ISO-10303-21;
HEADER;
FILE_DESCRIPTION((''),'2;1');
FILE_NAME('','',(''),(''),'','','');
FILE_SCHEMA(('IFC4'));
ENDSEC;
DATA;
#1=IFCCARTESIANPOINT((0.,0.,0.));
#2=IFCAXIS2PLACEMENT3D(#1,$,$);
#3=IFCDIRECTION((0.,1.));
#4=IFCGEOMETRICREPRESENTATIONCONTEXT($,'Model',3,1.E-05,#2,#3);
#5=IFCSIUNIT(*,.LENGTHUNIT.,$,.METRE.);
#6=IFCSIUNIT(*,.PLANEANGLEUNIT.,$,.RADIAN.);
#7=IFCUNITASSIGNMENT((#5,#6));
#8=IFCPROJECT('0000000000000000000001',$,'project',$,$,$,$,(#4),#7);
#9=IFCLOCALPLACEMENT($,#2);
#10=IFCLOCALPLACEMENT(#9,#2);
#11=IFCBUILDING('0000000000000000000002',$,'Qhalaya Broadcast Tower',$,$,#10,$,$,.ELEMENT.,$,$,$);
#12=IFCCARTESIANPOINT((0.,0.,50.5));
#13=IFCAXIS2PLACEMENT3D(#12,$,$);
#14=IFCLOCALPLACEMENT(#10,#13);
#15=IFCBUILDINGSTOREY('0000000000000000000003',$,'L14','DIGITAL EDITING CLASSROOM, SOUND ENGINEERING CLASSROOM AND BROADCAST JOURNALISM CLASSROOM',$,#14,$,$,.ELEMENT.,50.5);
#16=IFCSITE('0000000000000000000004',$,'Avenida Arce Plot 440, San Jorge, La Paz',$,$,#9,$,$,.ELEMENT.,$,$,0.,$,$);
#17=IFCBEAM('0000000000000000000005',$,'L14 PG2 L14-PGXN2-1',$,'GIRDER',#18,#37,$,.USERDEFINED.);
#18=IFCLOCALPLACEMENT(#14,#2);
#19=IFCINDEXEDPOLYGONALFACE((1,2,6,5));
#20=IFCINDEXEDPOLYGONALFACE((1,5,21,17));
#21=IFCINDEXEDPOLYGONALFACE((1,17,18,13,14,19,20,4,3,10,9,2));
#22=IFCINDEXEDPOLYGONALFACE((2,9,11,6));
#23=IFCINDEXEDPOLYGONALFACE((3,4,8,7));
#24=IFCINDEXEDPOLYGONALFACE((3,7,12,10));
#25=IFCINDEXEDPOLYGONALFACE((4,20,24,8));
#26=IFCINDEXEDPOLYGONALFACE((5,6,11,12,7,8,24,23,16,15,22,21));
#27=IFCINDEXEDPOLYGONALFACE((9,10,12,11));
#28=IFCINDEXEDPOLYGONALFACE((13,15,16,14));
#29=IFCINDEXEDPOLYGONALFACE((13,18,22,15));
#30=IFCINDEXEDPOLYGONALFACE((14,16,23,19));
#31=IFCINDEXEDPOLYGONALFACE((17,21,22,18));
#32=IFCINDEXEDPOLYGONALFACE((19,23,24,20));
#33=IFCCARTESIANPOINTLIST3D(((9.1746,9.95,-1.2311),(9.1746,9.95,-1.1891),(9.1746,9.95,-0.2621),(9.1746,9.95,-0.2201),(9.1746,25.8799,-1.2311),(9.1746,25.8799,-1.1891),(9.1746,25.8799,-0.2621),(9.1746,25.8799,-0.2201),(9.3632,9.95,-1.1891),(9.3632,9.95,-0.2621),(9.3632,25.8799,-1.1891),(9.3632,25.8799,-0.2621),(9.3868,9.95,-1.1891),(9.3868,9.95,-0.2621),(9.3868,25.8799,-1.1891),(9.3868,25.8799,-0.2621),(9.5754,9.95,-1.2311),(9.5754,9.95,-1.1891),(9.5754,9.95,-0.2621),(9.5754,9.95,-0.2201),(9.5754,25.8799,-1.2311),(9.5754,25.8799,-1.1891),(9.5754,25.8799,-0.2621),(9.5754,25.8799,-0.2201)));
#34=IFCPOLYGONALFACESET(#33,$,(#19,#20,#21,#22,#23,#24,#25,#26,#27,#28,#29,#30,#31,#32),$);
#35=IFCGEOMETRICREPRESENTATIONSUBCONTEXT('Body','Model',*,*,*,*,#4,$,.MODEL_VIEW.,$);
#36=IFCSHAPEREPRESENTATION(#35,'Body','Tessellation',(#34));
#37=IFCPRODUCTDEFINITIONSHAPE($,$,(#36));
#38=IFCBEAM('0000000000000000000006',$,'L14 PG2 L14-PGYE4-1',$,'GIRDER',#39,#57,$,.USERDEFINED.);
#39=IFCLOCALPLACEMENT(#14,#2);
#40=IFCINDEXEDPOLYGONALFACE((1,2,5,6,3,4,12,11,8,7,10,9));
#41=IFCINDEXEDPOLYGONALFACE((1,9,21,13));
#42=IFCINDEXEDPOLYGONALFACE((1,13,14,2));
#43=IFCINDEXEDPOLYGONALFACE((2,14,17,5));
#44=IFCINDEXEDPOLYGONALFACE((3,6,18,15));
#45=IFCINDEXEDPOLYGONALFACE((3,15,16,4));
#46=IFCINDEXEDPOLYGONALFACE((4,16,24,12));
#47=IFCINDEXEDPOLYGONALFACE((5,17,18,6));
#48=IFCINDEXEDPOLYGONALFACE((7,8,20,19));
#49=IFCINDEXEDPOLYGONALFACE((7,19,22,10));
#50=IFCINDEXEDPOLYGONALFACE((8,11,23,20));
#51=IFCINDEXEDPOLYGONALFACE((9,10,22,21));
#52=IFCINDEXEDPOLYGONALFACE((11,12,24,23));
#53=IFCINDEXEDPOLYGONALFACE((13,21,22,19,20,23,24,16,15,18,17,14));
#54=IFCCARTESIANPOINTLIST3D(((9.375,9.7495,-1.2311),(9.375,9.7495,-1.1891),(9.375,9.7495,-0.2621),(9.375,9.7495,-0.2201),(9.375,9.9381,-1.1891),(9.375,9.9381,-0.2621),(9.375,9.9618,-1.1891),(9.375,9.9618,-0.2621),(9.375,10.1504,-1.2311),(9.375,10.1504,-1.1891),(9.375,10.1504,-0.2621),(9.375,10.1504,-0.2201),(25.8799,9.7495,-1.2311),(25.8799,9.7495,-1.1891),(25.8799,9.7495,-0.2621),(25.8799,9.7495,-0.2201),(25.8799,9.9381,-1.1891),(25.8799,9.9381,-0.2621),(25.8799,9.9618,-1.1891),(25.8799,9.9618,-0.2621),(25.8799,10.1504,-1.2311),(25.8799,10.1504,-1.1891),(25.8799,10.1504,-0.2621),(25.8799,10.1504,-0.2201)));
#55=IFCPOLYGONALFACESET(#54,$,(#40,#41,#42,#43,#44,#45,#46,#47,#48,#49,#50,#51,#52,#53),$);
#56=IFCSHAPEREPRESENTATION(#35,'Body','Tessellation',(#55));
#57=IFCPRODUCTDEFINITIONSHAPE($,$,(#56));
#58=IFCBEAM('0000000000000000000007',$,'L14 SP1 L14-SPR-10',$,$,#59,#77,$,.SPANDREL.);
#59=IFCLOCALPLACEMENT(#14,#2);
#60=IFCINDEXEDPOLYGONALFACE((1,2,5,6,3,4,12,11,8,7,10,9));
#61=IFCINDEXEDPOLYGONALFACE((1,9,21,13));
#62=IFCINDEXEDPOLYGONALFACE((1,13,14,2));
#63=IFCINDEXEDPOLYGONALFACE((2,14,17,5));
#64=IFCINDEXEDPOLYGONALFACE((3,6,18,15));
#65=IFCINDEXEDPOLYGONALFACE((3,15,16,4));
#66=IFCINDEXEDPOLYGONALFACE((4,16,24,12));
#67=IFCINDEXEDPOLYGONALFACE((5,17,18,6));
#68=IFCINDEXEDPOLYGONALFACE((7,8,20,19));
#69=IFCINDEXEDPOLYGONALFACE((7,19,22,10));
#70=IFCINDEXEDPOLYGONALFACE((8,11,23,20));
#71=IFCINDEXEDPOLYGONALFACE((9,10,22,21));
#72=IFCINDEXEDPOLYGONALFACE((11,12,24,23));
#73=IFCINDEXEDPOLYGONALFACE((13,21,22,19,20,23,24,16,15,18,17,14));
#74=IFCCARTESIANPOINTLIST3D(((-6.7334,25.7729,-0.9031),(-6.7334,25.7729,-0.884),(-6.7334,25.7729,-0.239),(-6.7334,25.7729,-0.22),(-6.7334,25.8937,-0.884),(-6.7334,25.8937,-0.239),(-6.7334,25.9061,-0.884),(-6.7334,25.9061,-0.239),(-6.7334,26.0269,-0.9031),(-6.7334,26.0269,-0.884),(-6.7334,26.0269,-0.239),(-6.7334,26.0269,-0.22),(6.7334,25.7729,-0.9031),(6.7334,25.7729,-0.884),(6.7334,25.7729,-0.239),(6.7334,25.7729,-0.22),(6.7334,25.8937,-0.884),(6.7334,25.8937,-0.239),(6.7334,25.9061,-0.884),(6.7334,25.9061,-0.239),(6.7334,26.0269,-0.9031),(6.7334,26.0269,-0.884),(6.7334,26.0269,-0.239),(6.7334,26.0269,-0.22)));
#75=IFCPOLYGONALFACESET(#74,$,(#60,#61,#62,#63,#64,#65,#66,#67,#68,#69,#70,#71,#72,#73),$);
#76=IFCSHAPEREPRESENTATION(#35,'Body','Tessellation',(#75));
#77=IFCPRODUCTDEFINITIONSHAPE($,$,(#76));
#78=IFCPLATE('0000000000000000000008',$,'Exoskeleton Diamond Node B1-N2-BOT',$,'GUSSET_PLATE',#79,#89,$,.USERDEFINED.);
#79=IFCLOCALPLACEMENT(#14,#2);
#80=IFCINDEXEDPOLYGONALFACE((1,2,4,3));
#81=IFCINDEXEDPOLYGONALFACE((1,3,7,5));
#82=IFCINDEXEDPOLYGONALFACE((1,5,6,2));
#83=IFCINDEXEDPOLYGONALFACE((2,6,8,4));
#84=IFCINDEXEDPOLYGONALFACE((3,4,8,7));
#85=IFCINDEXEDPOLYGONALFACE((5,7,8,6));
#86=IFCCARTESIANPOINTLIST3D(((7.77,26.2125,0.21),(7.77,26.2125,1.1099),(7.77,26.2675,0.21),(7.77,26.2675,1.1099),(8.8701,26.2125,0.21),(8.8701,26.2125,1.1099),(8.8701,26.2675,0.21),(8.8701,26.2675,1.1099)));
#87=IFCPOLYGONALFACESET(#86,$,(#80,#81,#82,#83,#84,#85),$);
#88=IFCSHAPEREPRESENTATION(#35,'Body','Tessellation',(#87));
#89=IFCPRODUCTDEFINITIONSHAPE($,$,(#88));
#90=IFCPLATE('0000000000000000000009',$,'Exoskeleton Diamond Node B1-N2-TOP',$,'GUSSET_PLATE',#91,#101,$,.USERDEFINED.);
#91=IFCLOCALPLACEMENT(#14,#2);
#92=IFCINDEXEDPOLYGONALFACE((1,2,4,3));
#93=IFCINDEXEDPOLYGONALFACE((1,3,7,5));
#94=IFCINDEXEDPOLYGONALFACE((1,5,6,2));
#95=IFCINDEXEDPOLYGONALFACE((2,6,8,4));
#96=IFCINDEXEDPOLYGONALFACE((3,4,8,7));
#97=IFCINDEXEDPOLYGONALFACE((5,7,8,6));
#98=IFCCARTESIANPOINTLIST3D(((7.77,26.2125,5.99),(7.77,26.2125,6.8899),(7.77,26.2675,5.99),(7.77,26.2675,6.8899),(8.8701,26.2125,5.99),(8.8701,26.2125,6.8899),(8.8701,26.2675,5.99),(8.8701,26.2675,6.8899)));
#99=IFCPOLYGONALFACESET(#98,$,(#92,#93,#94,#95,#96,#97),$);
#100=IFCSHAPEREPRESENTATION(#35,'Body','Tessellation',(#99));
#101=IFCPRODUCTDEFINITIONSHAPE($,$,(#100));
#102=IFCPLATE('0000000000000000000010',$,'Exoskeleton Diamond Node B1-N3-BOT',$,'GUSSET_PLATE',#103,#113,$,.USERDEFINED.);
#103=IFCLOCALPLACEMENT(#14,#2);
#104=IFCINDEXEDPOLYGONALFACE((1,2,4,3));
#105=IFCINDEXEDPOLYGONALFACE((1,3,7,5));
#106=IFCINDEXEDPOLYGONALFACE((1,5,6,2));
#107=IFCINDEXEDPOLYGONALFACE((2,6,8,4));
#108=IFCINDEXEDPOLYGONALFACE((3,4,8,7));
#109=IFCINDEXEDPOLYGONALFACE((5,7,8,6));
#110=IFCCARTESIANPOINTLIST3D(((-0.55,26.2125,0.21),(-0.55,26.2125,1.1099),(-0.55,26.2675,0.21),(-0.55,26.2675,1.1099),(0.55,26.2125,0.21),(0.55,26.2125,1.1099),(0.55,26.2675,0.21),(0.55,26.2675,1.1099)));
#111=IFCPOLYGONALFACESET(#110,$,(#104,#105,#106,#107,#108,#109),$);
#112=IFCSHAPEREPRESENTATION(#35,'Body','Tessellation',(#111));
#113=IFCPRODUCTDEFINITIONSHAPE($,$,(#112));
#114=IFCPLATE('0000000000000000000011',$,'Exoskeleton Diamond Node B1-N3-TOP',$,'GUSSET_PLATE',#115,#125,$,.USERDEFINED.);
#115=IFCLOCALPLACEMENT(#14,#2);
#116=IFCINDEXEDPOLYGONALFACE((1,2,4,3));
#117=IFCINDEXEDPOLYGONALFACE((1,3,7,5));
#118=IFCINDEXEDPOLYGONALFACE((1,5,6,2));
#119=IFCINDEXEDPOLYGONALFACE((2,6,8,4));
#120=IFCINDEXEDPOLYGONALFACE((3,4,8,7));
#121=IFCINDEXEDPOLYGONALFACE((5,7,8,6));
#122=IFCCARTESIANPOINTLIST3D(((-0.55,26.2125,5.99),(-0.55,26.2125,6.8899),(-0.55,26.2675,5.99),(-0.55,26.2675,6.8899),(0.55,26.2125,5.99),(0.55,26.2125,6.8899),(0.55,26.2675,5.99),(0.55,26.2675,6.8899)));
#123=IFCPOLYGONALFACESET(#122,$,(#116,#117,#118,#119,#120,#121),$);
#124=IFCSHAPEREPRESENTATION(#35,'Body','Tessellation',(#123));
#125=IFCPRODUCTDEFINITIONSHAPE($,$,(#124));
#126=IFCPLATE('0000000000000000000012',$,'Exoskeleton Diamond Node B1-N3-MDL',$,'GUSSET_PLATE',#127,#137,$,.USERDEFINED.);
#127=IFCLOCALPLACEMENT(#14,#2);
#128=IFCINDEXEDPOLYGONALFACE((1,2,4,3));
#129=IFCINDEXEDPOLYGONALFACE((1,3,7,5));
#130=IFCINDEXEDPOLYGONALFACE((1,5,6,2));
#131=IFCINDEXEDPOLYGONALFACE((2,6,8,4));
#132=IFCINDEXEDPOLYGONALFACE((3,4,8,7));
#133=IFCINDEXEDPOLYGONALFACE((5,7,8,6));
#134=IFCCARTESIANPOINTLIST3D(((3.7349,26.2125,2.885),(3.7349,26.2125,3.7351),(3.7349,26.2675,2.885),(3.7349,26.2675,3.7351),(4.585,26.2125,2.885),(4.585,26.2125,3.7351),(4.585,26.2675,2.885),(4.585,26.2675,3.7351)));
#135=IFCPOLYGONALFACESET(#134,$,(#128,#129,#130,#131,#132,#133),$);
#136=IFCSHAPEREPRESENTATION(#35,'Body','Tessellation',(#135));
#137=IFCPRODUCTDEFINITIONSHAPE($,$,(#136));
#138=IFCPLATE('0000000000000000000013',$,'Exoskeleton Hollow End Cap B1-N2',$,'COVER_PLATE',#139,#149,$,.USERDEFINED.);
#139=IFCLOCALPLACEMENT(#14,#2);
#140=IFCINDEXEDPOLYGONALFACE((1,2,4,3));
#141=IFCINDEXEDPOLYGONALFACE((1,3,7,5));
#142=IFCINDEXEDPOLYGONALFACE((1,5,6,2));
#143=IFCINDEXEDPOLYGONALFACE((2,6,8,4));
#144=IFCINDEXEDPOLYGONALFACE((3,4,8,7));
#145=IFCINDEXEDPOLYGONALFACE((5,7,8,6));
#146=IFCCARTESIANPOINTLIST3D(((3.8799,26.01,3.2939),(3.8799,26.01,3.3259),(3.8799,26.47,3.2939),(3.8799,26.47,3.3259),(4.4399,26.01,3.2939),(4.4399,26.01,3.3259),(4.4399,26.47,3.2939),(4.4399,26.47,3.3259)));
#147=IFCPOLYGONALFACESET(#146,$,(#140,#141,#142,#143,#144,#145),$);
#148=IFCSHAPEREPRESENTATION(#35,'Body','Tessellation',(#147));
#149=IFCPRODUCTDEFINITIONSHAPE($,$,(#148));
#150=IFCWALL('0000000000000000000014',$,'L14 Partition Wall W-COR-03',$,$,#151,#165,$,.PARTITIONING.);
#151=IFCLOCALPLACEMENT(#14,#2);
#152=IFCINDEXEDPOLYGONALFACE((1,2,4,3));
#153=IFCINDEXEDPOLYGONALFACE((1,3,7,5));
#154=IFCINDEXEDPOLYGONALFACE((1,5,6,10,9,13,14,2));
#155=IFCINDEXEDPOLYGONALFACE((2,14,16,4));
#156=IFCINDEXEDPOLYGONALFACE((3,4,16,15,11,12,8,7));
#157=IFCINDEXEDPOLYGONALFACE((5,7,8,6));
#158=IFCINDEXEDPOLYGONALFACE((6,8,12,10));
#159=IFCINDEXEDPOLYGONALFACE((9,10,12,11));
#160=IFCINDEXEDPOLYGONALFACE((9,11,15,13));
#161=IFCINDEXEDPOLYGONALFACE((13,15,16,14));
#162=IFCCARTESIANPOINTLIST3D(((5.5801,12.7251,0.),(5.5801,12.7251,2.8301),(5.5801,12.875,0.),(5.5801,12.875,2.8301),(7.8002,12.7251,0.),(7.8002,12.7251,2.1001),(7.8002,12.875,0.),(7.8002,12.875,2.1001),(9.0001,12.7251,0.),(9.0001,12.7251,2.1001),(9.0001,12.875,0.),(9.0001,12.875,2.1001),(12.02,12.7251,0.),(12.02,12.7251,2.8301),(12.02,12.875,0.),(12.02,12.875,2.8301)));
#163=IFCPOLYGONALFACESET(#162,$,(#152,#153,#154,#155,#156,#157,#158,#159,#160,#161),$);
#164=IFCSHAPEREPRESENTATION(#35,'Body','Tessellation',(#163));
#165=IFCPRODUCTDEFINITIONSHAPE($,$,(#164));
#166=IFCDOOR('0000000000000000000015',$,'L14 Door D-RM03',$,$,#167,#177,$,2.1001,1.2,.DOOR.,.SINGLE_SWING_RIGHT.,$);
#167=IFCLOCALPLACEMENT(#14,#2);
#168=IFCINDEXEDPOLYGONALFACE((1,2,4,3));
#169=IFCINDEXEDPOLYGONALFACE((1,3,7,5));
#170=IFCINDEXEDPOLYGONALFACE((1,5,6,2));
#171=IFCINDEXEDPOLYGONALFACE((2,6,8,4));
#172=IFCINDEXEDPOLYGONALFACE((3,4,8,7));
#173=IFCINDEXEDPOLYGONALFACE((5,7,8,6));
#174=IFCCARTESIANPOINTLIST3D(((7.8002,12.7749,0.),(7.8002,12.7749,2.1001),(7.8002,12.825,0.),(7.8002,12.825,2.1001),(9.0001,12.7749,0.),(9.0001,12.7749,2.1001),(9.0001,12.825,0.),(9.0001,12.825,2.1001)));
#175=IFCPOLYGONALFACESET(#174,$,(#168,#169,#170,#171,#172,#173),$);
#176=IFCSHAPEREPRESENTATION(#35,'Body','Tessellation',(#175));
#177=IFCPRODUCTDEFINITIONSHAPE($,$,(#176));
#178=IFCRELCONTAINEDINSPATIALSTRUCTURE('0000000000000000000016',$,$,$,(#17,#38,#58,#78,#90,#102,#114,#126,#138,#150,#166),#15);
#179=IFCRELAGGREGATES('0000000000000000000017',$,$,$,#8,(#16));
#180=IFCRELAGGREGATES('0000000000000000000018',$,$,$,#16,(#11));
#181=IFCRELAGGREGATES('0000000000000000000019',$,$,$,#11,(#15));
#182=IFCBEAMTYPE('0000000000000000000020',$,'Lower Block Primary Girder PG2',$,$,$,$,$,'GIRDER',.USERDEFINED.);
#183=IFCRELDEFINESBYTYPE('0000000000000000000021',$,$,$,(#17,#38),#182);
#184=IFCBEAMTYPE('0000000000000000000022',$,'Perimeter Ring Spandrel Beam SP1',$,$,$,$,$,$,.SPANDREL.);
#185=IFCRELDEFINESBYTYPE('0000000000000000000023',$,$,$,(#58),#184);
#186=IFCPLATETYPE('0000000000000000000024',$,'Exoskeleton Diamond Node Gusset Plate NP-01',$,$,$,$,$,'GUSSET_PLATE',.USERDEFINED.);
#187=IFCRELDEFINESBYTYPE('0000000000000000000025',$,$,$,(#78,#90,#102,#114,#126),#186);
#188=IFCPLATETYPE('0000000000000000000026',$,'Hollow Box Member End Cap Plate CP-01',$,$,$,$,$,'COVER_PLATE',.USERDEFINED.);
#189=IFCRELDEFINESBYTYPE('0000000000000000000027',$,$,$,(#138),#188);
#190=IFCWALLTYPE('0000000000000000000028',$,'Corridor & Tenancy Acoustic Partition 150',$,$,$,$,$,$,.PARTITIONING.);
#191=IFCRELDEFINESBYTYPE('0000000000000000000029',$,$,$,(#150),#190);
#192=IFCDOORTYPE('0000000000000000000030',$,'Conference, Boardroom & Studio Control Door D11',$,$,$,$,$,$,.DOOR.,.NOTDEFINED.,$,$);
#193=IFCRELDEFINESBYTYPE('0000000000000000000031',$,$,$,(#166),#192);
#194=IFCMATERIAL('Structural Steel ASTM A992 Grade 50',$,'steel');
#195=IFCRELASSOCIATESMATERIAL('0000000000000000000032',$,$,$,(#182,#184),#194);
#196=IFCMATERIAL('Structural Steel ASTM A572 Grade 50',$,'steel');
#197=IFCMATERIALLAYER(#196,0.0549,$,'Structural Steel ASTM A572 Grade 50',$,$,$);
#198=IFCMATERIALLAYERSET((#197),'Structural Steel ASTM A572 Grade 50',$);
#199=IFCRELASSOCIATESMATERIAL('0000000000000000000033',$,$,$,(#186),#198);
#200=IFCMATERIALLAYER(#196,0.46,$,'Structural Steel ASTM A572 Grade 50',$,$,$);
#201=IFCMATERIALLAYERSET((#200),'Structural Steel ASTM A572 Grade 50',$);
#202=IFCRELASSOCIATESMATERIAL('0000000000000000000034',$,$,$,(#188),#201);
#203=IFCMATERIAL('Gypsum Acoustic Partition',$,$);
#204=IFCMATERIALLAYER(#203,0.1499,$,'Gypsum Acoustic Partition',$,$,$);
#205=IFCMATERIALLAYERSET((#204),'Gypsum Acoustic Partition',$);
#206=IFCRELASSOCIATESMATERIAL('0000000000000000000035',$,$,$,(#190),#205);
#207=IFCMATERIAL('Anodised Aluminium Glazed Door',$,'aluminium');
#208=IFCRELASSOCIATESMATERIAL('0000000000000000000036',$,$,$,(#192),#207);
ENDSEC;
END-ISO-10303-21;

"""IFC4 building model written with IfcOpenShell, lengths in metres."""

from ifc_helpers import new_model, si_unit, direction, frame, frame_2d, origin, origin_2d, place, context, subcontext, project, spatial, rectangle, i_section, extrude, material, layer, layer_set, material_profile, profile_set, type_object, element, fill, save


model = new_model("IFC4")

# Units and contexts
model_context = context("Model", 3, precision=1e-05, world=origin(), true_north=direction((0.0, 1.0)))
body_context = subcontext(model_context, "Body", "Model", "MODEL_VIEW")
ifc_project = project(units=[si_unit("LENGTHUNIT", "METRE"), si_unit("PLANEANGLEUNIT", "RADIAN")], contexts=[model_context])

# Site, building, storey
site_placement = place(None, origin())
site = spatial("IfcSite", under=ifc_project, at=site_placement, Name="Avenida Arce Plot 440, San Jorge, La Paz", CompositionType="ELEMENT", RefElevation=0.0)
building_placement = place(site_placement, origin())
building = spatial("IfcBuilding", under=site, at=building_placement, Name="Qhalaya Broadcast Tower", CompositionType="ELEMENT")
storey_placement = place(building_placement, frame((0.0, 0.0, 50.5)))
storey = spatial("IfcBuildingStorey", under=building, at=storey_placement, Name="L14", Description="DIGITAL EDITING CLASSROOM, SOUND ENGINEERING CLASSROOM AND BROADCAST JOURNALISM CLASSROOM", CompositionType="ELEMENT", Elevation=50.5)

# Shared definitions
ifc_material_1 = material(Name="Structural Steel ASTM A572 Grade 50", Category="steel")

# Shared definitions
ifc_material_2 = material(Name="Structural Steel ASTM A992 Grade 50", Category="steel")

# Beams
ifc_material_profile_1 = material_profile(ifc_material_2, i_section(OverallWidth=0.4009, OverallDepth=1.011, WebThickness=0.0237, FlangeThickness=0.042, at=origin_2d()), Name="W40X297")
ifc_profile_set_1 = profile_set([ifc_material_profile_1], Name="Structural Steel ASTM A992 Grade 50")
beam_type_1 = type_object("IfcBeamType", Name="Lower Block Primary Girder PG2", ElementType="GIRDER", PredefinedType="USERDEFINED", material=ifc_profile_set_1)
beam_1_placement = place(storey_placement, frame((9.375, 9.95, -0.7256), z_axis=(0.0, 1.0, 0.0), x_axis=(-1.0, 0.0, 0.0)))
element("IfcBeam", 1, at=beam_1_placement, inside=storey, type_object=beam_type_1, Name="L14 PG2 L14-PGXN2-1", ObjectType="GIRDER", PredefinedType="USERDEFINED", context=body_context, shape_type="SweptSolid", body=[
    extrude(i_section(OverallWidth=0.4009, OverallDepth=1.011, WebThickness=0.0237, FlangeThickness=0.042, at=origin_2d()), origin(), (0.0, 0.0, 1.0), 15.9299),
])
beam_2_placement = place(storey_placement, frame((9.375, 9.95, -0.7256), z_axis=(1.0, 0.0, 0.0), x_axis=(0.0, 1.0, 0.0)))
element("IfcBeam", 2, at=beam_2_placement, inside=storey, type_object=beam_type_1, Name="L14 PG2 L14-PGYE4-1", ObjectType="GIRDER", PredefinedType="USERDEFINED", context=body_context, shape_type="SweptSolid", body=[
    extrude(i_section(OverallWidth=0.4009, OverallDepth=1.011, WebThickness=0.0237, FlangeThickness=0.042, at=origin_2d()), origin(), (0.0, 0.0, 1.0), 16.5049),
])
ifc_material_profile_2 = material_profile(ifc_material_2, i_section(OverallWidth=0.2539, OverallDepth=0.6831, WebThickness=0.0125, FlangeThickness=0.019, at=origin_2d()), Name="W27X94")
ifc_profile_set_2 = profile_set([ifc_material_profile_2], Name="Structural Steel ASTM A992 Grade 50")
beam_type_2 = type_object("IfcBeamType", Name="Perimeter Ring Spandrel Beam SP1", PredefinedType="SPANDREL", material=ifc_profile_set_2)
beam_3_placement = place(storey_placement, frame((6.7334, 25.8999, -0.5615), z_axis=(-1.0, 0.0, 0.0), x_axis=(0.0, -1.0, 0.0)))
element("IfcBeam", 3, at=beam_3_placement, inside=storey, type_object=beam_type_2, Name="L14 SP1 L14-SPR-10", PredefinedType="SPANDREL", context=body_context, shape_type="SweptSolid", body=[
    extrude(i_section(OverallWidth=0.2539, OverallDepth=0.6831, WebThickness=0.0125, FlangeThickness=0.019, at=origin_2d()), origin(), (0.0, 0.0, 1.0), 13.4668),
])

# Plates
ifc_layer_1 = layer(ifc_material_1, 0.0549, Name="Structural Steel ASTM A572 Grade 50")
ifc_layer_set_1 = layer_set([ifc_layer_1], Name="Structural Steel ASTM A572 Grade 50")
plate_type_1 = type_object("IfcPlateType", Name="Exoskeleton Diamond Node Gusset Plate NP-01", ElementType="GUSSET_PLATE", PredefinedType="USERDEFINED", material=ifc_layer_set_1)
for number, where, z_axis, x_axis, name in (
    (4, (8.3201, 26.24, 0.21), (0.0, 0.0, 1.0), (1.0, 0.0, 0.0), "Exoskeleton Diamond Node B1-N2-BOT"),
    (5, (8.3201, 26.24, 5.99), (0.0, 0.0, 1.0), (1.0, 0.0, 0.0), "Exoskeleton Diamond Node B1-N2-TOP"),
    (6, (0.0, 26.24, 0.21), (0.0, 0.0, 1.0), (1.0, 0.0, 0.0), "Exoskeleton Diamond Node B1-N3-BOT"),
    (7, (0.0, 26.24, 5.99), (0.0, 0.0, 1.0), (1.0, 0.0, 0.0), "Exoskeleton Diamond Node B1-N3-TOP"),
):
    element("IfcPlate", number, at=place(storey_placement, frame(where, z_axis=z_axis, x_axis=x_axis)), inside=storey, type_object=plate_type_1, Name=name, ObjectType="GUSSET_PLATE", PredefinedType="USERDEFINED", context=body_context, shape_type="SweptSolid", body=[
        extrude(rectangle(XDim=1.1001, YDim=0.0549, at=origin_2d()), origin(), (0.0, 0.0, 1.0), 0.8999),
    ])
plate_1_placement = place(storey_placement, frame((4.1599, 26.24, 2.885), z_axis=(0.0, 0.0, 1.0), x_axis=(1.0, 0.0, 0.0)))
element("IfcPlate", 8, at=plate_1_placement, inside=storey, type_object=plate_type_1, Name="Exoskeleton Diamond Node B1-N3-MDL", ObjectType="GUSSET_PLATE", PredefinedType="USERDEFINED", context=body_context, shape_type="SweptSolid", body=[
    extrude(rectangle(XDim=0.8501, YDim=0.0549, at=origin_2d()), origin(), (0.0, 0.0, 1.0), 0.8501),
])
ifc_layer_2 = layer(ifc_material_1, 0.46, Name="Structural Steel ASTM A572 Grade 50")
ifc_layer_set_2 = layer_set([ifc_layer_2], Name="Structural Steel ASTM A572 Grade 50")
plate_type_2 = type_object("IfcPlateType", Name="Hollow Box Member End Cap Plate CP-01", ElementType="COVER_PLATE", PredefinedType="USERDEFINED", material=ifc_layer_set_2)
plate_2_placement = place(storey_placement, frame((4.1599, 26.24, 3.2939), z_axis=(0.0, 0.0, 1.0), x_axis=(1.0, 0.0, 0.0)))
element("IfcPlate", 9, at=plate_2_placement, inside=storey, type_object=plate_type_2, Name="Exoskeleton Hollow End Cap B1-N2", ObjectType="COVER_PLATE", PredefinedType="USERDEFINED", context=body_context, shape_type="SweptSolid", body=[
    extrude(rectangle(XDim=0.5601, YDim=0.46, at=origin_2d()), origin(), (0.0, 0.0, 1.0), 0.032),
])

# Wall, opening, door
ifc_material_3 = material(Name="Gypsum Acoustic Partition")
ifc_layer_3 = layer(ifc_material_3, 0.1499, Name="Gypsum Acoustic Partition")
ifc_layer_set_3 = layer_set([ifc_layer_3], Name="Gypsum Acoustic Partition")
wall_type_1 = type_object("IfcWallType", Name="Corridor & Tenancy Acoustic Partition 150", PredefinedType="PARTITIONING", material=ifc_layer_set_3)
wall_1_placement = place(storey_placement, frame((5.5801, 12.8, 0.0), z_axis=(0.0, 0.0, 1.0), x_axis=(1.0, 0.0, 0.0)))
wall_1 = element("IfcWall", 10, at=wall_1_placement, inside=storey, type_object=wall_type_1, Name="L14 Partition Wall W-COR-03", PredefinedType="PARTITIONING", context=body_context, shape_type="SweptSolid", body=[
    extrude(rectangle(XDim=6.4399, YDim=0.1499, at=frame_2d((3.22, 0.0))), origin(), (0.0, 0.0, 1.0), 2.8301),
])
opening_placement = place(wall_1_placement, frame((2.22, 0.0, 0.0)))
opening = element("IfcOpeningElement", 11, at=opening_placement, cuts=wall_1, PredefinedType="OPENING", context=body_context, shape_type="SweptSolid", body=[
    extrude(rectangle(XDim=1.2, YDim=2.1001, at=frame_2d((0.6001, 1.05))), frame((0.0, 0.0869, 0.0), z_axis=(0.0, -1.0, 0.0), x_axis=(1.0, 0.0, 0.0)), (0.0, 0.0, 1.0), 0.1738),
])
ifc_material_4 = material(Name="Anodised Aluminium Glazed Door", Category="aluminium")
door_type = type_object("IfcDoorType", Name="Conference, Boardroom & Studio Control Door D11", OperationType="NOTDEFINED", PredefinedType="DOOR", material=ifc_material_4)
door_placement = place(opening_placement, origin())
door = element("IfcDoor", 12, at=door_placement, inside=storey, type_object=door_type, Name="L14 Door D-RM03", OperationType="SINGLE_SWING_RIGHT", OverallHeight=2.1001, OverallWidth=1.2, PredefinedType="DOOR", context=body_context, shape_type="SweptSolid", body=[
    extrude(rectangle(XDim=1.2, YDim=2.1001, at=frame_2d((0.6001, 1.05))), frame((0.0, 0.0249, 0.0), z_axis=(0.0, -1.0, 0.0), x_axis=(1.0, 0.0, 0.0)), (0.0, 0.0, 1.0), 0.05),
])
fill(opening, door)

save(model, "model.ifc")
